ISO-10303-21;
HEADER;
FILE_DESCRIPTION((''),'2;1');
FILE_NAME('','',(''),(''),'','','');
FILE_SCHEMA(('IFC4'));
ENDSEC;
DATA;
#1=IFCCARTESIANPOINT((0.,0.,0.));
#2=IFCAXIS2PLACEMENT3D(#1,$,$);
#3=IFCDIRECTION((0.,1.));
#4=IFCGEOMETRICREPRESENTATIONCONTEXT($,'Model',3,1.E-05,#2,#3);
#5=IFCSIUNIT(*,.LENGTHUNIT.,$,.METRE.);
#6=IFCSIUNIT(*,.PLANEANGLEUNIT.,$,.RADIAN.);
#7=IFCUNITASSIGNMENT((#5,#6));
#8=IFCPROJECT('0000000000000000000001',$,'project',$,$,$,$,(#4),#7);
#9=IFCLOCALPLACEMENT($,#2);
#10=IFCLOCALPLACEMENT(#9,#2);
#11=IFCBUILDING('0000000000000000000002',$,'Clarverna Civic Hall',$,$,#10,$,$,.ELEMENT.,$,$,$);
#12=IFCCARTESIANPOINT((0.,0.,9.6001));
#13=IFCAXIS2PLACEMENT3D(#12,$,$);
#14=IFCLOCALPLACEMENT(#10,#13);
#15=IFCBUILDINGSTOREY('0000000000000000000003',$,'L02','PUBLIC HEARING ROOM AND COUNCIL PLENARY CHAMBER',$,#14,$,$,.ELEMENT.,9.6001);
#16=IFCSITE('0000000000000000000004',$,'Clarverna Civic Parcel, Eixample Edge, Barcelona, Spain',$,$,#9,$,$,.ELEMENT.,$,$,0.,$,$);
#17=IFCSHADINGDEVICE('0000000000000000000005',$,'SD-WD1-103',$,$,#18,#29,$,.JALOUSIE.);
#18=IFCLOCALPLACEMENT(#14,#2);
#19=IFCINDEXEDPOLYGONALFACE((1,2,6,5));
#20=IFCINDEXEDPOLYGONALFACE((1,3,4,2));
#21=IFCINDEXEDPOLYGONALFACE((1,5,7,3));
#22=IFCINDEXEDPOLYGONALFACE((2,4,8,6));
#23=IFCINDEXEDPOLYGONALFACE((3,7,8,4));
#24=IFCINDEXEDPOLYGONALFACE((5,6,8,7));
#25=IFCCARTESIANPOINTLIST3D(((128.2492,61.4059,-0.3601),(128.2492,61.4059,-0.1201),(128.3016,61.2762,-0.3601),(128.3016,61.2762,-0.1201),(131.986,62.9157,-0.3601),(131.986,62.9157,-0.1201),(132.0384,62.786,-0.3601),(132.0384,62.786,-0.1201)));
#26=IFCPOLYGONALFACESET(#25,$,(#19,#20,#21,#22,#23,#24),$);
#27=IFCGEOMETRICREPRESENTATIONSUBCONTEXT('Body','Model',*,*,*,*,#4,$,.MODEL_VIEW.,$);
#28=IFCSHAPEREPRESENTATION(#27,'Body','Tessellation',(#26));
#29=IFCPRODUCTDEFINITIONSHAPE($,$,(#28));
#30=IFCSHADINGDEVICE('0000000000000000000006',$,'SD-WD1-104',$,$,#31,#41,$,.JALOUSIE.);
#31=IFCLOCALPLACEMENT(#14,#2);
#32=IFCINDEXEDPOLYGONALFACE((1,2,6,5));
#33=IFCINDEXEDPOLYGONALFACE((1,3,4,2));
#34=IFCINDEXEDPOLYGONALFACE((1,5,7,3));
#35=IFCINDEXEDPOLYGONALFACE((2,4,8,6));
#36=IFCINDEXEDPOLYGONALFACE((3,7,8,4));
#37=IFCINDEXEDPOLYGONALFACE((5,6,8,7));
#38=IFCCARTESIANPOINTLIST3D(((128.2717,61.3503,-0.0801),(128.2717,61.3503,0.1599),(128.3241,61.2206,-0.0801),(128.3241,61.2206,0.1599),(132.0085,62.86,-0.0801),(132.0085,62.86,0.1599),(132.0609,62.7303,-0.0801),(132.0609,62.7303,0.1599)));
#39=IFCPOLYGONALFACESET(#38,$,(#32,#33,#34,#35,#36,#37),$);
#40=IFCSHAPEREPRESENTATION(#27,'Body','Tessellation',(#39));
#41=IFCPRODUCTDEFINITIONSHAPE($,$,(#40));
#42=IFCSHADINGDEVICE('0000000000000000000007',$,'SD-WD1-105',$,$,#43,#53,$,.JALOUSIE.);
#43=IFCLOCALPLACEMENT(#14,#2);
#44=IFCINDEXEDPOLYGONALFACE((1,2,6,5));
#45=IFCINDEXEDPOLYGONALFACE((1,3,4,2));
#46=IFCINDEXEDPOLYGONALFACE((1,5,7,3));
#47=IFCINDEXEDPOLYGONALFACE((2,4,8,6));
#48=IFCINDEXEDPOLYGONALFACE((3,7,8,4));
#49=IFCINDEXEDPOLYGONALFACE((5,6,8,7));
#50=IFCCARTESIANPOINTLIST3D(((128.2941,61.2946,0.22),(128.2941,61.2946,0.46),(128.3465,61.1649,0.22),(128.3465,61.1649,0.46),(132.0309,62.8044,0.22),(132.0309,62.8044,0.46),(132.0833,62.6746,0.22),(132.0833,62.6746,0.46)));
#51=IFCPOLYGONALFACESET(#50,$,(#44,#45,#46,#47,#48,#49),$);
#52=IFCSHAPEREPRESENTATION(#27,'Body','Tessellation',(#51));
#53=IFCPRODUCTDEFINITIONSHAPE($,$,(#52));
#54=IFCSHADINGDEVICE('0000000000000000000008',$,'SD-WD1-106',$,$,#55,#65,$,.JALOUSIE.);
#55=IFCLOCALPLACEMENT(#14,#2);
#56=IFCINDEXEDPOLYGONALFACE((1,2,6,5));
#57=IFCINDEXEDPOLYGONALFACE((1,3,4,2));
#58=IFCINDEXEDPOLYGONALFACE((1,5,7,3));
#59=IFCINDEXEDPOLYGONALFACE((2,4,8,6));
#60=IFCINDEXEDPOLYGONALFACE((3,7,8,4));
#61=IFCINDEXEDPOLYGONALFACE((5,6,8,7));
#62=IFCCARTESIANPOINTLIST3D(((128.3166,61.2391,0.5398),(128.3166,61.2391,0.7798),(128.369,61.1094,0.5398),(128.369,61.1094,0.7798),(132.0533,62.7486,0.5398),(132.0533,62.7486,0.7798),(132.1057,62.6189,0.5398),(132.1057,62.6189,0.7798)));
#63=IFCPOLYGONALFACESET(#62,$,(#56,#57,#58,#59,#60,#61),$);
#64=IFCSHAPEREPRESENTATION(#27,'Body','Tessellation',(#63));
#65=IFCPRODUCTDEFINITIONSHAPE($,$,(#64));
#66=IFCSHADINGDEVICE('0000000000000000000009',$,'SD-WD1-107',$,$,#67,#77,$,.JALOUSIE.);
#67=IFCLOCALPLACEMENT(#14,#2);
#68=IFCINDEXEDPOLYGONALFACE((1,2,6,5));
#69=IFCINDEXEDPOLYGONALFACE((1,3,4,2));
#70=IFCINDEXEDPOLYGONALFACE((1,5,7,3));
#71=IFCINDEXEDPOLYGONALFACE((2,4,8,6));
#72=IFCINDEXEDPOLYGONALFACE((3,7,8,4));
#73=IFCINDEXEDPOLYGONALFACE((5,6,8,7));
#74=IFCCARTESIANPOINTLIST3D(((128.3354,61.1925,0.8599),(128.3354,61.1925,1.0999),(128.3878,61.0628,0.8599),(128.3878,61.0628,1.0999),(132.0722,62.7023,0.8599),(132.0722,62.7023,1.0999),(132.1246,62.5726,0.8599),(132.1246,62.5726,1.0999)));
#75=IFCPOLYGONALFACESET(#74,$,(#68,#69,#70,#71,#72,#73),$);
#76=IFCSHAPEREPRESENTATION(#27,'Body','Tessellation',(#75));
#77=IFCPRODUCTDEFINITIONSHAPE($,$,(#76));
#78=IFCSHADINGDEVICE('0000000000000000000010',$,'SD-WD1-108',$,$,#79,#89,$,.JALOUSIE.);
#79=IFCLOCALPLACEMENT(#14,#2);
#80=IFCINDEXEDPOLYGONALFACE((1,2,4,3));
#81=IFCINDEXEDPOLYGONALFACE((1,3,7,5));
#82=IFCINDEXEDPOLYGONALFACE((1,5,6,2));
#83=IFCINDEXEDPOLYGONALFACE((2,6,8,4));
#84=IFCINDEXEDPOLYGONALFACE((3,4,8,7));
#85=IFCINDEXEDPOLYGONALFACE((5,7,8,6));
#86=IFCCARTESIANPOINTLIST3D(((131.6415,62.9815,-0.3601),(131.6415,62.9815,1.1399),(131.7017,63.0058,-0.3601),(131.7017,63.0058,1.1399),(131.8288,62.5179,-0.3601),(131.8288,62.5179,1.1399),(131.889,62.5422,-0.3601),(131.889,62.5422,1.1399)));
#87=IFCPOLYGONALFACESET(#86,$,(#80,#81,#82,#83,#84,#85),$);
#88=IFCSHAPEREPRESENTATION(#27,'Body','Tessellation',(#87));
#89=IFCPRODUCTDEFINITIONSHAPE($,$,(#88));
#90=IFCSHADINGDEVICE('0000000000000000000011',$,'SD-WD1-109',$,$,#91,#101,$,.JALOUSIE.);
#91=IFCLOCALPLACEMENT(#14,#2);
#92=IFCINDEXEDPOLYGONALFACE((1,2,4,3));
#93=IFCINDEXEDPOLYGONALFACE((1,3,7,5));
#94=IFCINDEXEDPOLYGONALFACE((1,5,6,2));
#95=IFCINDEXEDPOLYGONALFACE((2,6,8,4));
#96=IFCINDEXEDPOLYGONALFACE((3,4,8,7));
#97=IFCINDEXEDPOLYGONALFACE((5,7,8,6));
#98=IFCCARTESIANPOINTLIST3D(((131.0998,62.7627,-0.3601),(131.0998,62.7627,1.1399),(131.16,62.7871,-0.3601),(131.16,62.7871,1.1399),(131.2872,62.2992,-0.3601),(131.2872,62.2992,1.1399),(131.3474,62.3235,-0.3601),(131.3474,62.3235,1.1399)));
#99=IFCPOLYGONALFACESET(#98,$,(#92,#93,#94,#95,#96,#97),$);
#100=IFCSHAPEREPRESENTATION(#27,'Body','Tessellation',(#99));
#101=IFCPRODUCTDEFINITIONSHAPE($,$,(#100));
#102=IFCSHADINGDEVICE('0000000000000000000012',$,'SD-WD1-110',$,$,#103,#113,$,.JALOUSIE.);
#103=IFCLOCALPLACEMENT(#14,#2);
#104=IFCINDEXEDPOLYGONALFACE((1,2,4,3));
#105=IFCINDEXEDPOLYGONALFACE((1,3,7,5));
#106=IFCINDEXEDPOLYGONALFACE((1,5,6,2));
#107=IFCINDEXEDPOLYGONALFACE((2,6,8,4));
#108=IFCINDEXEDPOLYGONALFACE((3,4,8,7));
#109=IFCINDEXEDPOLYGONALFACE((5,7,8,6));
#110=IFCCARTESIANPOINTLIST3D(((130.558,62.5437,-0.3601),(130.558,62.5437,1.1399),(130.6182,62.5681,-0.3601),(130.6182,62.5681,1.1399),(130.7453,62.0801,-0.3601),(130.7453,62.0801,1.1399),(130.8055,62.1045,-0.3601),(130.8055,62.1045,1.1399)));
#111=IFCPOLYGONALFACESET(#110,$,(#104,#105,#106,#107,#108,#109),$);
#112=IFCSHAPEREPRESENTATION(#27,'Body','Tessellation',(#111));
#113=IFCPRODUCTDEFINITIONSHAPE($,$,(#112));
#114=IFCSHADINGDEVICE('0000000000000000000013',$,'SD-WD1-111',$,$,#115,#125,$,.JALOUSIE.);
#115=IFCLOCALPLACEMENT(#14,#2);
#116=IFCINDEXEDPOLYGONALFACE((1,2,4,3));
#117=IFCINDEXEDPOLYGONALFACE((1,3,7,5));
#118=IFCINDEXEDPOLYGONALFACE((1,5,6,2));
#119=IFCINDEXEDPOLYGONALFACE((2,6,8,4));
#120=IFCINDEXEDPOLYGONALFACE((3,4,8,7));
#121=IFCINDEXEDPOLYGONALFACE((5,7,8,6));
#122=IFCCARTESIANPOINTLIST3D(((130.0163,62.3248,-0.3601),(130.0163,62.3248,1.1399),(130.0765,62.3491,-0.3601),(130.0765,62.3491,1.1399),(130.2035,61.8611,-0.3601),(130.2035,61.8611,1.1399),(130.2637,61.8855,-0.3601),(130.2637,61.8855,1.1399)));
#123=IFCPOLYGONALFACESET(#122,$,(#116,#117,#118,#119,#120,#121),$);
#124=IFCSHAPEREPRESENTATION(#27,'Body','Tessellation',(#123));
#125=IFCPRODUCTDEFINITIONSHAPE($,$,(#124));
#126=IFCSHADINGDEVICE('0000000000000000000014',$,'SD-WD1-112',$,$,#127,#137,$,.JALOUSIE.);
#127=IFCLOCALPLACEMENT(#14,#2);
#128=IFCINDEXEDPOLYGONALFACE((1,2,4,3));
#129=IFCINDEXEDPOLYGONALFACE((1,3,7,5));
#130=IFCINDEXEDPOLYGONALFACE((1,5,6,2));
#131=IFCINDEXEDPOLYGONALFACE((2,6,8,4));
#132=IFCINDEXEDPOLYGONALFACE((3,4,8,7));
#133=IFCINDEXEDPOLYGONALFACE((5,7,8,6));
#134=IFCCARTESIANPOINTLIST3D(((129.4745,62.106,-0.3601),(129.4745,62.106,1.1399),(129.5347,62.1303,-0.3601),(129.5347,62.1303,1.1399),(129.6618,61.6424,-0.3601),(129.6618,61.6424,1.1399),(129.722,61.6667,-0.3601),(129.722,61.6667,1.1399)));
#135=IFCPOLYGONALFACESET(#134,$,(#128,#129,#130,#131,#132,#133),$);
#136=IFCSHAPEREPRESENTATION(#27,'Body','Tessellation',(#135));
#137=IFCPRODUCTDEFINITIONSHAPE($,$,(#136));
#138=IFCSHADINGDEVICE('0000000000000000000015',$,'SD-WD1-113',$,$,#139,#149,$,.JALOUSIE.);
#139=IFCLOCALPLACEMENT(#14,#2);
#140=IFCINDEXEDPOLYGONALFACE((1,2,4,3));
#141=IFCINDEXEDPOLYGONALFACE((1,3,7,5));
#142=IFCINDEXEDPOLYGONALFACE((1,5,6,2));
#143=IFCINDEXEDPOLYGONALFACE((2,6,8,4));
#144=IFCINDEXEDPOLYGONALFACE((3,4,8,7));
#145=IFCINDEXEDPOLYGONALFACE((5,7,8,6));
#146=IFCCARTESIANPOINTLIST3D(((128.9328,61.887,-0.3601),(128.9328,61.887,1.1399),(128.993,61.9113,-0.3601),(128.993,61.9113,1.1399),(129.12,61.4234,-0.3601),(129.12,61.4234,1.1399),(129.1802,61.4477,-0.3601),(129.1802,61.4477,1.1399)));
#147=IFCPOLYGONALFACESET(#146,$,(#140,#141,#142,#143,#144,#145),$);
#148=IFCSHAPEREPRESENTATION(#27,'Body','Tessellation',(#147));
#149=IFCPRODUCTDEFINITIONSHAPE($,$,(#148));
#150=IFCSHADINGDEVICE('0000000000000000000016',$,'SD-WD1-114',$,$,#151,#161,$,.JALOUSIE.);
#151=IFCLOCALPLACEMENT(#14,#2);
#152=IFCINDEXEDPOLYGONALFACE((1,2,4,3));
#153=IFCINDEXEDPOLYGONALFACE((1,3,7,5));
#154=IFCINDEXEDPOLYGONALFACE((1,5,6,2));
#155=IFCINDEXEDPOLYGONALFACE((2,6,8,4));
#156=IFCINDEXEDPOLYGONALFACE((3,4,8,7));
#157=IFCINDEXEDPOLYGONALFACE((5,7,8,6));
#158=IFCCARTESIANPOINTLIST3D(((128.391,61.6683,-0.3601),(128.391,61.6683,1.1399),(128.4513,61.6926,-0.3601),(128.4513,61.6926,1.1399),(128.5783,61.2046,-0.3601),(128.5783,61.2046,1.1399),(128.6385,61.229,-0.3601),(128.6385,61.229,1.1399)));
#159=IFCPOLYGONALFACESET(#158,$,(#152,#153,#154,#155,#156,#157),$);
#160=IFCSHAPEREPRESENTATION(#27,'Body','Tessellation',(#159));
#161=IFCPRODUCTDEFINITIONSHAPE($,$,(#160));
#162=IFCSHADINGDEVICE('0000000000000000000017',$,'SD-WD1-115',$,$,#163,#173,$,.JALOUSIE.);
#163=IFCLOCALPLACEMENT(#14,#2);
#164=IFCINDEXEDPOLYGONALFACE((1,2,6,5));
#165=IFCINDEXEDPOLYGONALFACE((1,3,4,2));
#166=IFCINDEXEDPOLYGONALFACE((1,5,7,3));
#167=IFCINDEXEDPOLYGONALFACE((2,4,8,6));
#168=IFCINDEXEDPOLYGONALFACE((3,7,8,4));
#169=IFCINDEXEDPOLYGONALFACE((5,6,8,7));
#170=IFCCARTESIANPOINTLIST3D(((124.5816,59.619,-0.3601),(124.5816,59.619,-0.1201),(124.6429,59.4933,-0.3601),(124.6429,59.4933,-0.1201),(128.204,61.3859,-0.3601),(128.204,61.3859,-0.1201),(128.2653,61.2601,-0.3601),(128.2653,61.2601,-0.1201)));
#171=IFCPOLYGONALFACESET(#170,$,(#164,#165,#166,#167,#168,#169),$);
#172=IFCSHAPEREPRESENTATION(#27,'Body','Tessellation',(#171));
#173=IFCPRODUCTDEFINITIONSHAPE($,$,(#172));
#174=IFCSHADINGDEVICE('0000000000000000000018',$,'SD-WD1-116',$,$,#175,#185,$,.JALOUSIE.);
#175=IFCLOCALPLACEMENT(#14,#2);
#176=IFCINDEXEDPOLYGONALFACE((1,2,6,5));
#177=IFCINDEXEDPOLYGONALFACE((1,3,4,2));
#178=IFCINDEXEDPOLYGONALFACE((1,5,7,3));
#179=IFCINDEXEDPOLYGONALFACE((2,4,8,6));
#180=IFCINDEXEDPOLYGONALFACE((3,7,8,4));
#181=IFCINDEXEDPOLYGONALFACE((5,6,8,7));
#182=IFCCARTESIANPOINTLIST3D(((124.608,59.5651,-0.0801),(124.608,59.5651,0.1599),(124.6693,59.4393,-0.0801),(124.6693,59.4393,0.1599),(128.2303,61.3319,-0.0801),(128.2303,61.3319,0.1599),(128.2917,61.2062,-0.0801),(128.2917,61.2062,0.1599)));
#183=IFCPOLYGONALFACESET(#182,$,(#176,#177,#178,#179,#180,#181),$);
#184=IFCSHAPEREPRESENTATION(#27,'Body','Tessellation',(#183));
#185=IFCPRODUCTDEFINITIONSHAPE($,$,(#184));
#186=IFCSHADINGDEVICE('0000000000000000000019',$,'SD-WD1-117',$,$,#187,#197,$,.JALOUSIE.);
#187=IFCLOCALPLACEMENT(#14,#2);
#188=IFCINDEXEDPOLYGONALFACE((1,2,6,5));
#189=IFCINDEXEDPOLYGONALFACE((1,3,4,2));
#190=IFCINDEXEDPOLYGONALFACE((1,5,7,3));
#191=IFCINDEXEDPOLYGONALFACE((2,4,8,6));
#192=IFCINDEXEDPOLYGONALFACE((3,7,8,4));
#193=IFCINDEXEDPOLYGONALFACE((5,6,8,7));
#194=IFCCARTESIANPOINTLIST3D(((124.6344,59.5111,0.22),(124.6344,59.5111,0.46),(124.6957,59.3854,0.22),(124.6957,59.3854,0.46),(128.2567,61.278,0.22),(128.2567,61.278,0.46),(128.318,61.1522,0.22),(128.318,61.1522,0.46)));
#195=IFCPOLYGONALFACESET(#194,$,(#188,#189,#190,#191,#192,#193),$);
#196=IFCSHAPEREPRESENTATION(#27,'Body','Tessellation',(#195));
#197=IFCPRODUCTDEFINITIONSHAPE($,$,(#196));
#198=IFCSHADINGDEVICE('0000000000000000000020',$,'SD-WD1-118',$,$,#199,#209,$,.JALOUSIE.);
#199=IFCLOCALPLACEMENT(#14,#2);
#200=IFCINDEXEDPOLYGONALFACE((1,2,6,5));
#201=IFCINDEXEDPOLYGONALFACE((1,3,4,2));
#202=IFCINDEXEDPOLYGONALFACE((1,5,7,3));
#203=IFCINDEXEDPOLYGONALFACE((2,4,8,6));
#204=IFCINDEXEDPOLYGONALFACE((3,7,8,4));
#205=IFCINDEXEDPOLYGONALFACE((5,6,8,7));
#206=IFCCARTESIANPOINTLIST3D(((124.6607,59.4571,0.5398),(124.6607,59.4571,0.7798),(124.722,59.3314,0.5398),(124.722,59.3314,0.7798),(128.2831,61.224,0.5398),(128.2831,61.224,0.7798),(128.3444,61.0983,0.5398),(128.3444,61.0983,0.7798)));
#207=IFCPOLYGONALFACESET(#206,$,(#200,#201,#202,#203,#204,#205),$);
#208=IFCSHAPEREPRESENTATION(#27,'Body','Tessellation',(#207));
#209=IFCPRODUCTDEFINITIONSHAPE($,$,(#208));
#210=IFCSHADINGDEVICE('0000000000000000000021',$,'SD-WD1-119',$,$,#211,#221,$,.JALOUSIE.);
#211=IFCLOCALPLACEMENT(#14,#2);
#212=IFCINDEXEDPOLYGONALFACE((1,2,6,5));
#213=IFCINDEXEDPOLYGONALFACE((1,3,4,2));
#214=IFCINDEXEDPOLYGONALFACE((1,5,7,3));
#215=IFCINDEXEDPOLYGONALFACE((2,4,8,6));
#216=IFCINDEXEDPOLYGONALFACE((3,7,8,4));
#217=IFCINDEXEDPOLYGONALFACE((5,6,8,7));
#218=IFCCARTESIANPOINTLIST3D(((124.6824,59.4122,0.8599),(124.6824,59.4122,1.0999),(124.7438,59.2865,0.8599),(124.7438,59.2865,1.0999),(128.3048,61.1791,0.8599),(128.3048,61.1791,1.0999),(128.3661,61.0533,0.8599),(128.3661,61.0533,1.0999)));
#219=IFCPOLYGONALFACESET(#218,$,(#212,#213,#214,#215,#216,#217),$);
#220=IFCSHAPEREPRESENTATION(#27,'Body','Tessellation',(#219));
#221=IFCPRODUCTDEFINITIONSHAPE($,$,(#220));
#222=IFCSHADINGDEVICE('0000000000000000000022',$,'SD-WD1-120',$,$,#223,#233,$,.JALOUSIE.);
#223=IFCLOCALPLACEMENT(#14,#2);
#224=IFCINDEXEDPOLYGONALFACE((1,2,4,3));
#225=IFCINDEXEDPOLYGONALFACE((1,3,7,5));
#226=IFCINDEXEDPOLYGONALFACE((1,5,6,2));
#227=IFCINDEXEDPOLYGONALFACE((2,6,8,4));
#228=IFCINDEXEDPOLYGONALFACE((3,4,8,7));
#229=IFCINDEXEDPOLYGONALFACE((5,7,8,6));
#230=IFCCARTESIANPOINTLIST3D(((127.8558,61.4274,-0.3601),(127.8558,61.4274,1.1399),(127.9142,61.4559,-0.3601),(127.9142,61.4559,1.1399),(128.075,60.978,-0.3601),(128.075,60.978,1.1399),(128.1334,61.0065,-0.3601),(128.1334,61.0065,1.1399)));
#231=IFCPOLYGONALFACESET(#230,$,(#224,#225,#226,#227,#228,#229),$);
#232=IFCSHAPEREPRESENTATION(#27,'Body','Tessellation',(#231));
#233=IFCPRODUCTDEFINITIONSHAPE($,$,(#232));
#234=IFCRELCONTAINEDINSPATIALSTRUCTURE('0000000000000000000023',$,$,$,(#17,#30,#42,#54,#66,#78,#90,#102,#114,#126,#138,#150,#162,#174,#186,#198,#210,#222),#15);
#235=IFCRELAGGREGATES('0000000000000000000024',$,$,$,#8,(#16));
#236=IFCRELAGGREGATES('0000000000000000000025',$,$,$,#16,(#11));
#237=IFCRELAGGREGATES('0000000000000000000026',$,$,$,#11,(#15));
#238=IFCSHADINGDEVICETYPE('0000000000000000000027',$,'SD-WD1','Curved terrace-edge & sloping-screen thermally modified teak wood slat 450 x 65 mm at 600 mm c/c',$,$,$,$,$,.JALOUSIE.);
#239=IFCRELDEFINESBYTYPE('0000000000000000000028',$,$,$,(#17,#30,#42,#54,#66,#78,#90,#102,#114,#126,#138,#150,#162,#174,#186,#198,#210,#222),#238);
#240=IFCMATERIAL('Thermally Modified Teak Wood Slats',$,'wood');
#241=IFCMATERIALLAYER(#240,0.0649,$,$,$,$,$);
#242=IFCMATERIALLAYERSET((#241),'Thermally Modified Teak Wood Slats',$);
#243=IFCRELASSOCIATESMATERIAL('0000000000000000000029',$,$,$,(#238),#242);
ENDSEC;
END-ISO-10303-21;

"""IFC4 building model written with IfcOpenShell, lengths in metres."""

from ifc_helpers import new_model, si_unit, direction, frame, frame_2d, origin, place, context, subcontext, project, spatial, rectangle, extrude, material, layer, layer_set, type_object, element, save


model = new_model("IFC4")

# Units and contexts
model_context = context("Model", 3, precision=1e-05, world=origin(), true_north=direction((0.0, 1.0)))
body_context = subcontext(model_context, "Body", "Model", "MODEL_VIEW")
ifc_project = project(units=[si_unit("LENGTHUNIT", "METRE"), si_unit("PLANEANGLEUNIT", "RADIAN")], contexts=[model_context])

# Site, building, storey
site_placement = place(None, origin())
site = spatial("IfcSite", under=ifc_project, at=site_placement, Name="Clarverna Civic Parcel, Eixample Edge, Barcelona, Spain", CompositionType="ELEMENT", RefElevation=0.0)
building_placement = place(site_placement, origin())
building = spatial("IfcBuilding", under=site, at=building_placement, Name="Clarverna Civic Hall", CompositionType="ELEMENT")
storey_placement = place(building_placement, frame((0.0, 0.0, 9.6001)))
storey = spatial("IfcBuildingStorey", under=building, at=storey_placement, Name="L02", Description="PUBLIC HEARING ROOM AND COUNCIL PLENARY CHAMBER", CompositionType="ELEMENT", Elevation=9.6001)

# Shading devices
ifc_material_1 = material(Name="Thermally Modified Teak Wood Slats", Category="wood")
ifc_layer_1 = layer(ifc_material_1, 0.0649)
ifc_layer_set_1 = layer_set([ifc_layer_1], Name="Thermally Modified Teak Wood Slats")
shading_device_type = type_object("IfcShadingDeviceType", Name="SD-WD1", Description="Curved terrace-edge & sloping-screen thermally modified teak wood slat 450 x 65 mm at 600 mm c/c", PredefinedType="JALOUSIE", material=ifc_layer_set_1)
for number, where, z_axis, x_axis, name in (
    (1, (132.0122, 62.8508, -0.3601), (0.0, 0.0, 1.0), (-0.927184, -0.374605, 0.0), "SD-WD1-103"),
    (2, (132.0347, 62.7952, -0.0801), (0.0, 0.0, 1.0), (-0.927184, -0.374605, 0.0), "SD-WD1-104"),
    (3, (132.0571, 62.7395, 0.22), (0.0, 0.0, 1.0), (-0.927184, -0.374605, 0.0), "SD-WD1-105"),
):
    element("IfcShadingDevice", number, at=place(storey_placement, frame(where, z_axis=z_axis, x_axis=x_axis)), inside=storey, type_object=shading_device_type, Name=name, PredefinedType="JALOUSIE", context=body_context, shape_type="SweptSolid", body=[
        extrude(rectangle(XDim=4.0303, YDim=0.1399, at=frame_2d((2.0151, 0.0))), origin(), (0.0, 0.0, 1.0), 0.24),
    ])
shading_device_1_placement = place(storey_placement, frame((132.0796, 62.6838, 0.5398), z_axis=(0.0, 0.0, 1.0), x_axis=(-0.927197, -0.374574, 0.0)))
element("IfcShadingDevice", 4, at=shading_device_1_placement, inside=storey, type_object=shading_device_type, Name="SD-WD1-106", PredefinedType="JALOUSIE", context=body_context, shape_type="SweptSolid", body=[
    extrude(rectangle(XDim=4.03, YDim=0.1399, at=frame_2d((2.0151, 0.0))), origin(), (0.0, 0.0, 1.0), 0.24),
])
shading_device_2_placement = place(storey_placement, frame((132.0984, 62.6375, 0.8599), z_axis=(0.0, 0.0, 1.0), x_axis=(-0.927184, -0.374605, 0.0)))
element("IfcShadingDevice", 5, at=shading_device_2_placement, inside=storey, type_object=shading_device_type, Name="SD-WD1-107", PredefinedType="JALOUSIE", context=body_context, shape_type="SweptSolid", body=[
    extrude(rectangle(XDim=4.0303, YDim=0.1399, at=frame_2d((2.0151, 0.0))), origin(), (0.0, 0.0, 1.0), 0.24),
])
for number, where, z_axis, x_axis, name in (
    (6, (131.6716, 62.9937, -0.3601), (0.0, 0.0, 1.0), (0.374503, -0.927226, 0.0), "SD-WD1-108"),
    (7, (131.1299, 62.7749, -0.3601), (0.0, 0.0, 1.0), (0.374923, -0.927056, 0.0), "SD-WD1-109"),
    (8, (130.5881, 62.5559, -0.3601), (0.0, 0.0, 1.0), (0.374503, -0.927226, 0.0), "SD-WD1-110"),
    (9, (130.0464, 62.3369, -0.3601), (0.0, 0.0, 1.0), (0.374503, -0.927226, 0.0), "SD-WD1-111"),
    (10, (129.5046, 62.1182, -0.3601), (0.0, 0.0, 1.0), (0.374503, -0.927226, 0.0), "SD-WD1-112"),
    (11, (128.9629, 61.8992, -0.3601), (0.0, 0.0, 1.0), (0.374503, -0.927226, 0.0), "SD-WD1-113"),
    (12, (128.4211, 61.6804, -0.3601), (0.0, 0.0, 1.0), (0.374503, -0.927226, 0.0), "SD-WD1-114"),
):
    element("IfcShadingDevice", number, at=place(storey_placement, frame(where, z_axis=z_axis, x_axis=x_axis)), inside=storey, type_object=shading_device_type, Name=name, PredefinedType="JALOUSIE", context=body_context, shape_type="SweptSolid", body=[
        extrude(rectangle(XDim=0.5, YDim=0.0649, at=frame_2d((0.25, 0.0))), origin(), (0.0, 0.0, 1.0), 1.5),
    ])
for number, where, z_axis, x_axis, name in (
    (13, (128.2346, 61.323, -0.3601), (0.0, 0.0, 1.0), (-0.898782, -0.438396, 0.0), "SD-WD1-115"),
    (14, (128.261, 61.269, -0.0801), (0.0, 0.0, 1.0), (-0.898782, -0.438396, 0.0), "SD-WD1-116"),
    (15, (128.2874, 61.2151, 0.22), (0.0, 0.0, 1.0), (-0.898782, -0.438396, 0.0), "SD-WD1-117"),
    (16, (128.3137, 61.1611, 0.5398), (0.0, 0.0, 1.0), (-0.898782, -0.438396, 0.0), "SD-WD1-118"),
    (17, (128.3354, 61.1162, 0.8599), (0.0, 0.0, 1.0), (-0.898782, -0.438396, 0.0), "SD-WD1-119"),
):
    element("IfcShadingDevice", number, at=place(storey_placement, frame(where, z_axis=z_axis, x_axis=x_axis)), inside=storey, type_object=shading_device_type, Name=name, PredefinedType="JALOUSIE", context=body_context, shape_type="SweptSolid", body=[
        extrude(rectangle(XDim=4.0303, YDim=0.1399, at=frame_2d((2.0151, 0.0))), origin(), (0.0, 0.0, 1.0), 0.24),
    ])
shading_device_3_placement = place(storey_placement, frame((127.885, 61.4417, -0.3601), z_axis=(0.0, 0.0, 1.0), x_axis=(0.438404, -0.898778, 0.0)))
element("IfcShadingDevice", 18, at=shading_device_3_placement, inside=storey, type_object=shading_device_type, Name="SD-WD1-120", PredefinedType="JALOUSIE", context=body_context, shape_type="SweptSolid", body=[
    extrude(rectangle(XDim=0.5, YDim=0.0649, at=frame_2d((0.25, 0.0))), origin(), (0.0, 0.0, 1.0), 1.5),
])

save(model, "model.ifc")
